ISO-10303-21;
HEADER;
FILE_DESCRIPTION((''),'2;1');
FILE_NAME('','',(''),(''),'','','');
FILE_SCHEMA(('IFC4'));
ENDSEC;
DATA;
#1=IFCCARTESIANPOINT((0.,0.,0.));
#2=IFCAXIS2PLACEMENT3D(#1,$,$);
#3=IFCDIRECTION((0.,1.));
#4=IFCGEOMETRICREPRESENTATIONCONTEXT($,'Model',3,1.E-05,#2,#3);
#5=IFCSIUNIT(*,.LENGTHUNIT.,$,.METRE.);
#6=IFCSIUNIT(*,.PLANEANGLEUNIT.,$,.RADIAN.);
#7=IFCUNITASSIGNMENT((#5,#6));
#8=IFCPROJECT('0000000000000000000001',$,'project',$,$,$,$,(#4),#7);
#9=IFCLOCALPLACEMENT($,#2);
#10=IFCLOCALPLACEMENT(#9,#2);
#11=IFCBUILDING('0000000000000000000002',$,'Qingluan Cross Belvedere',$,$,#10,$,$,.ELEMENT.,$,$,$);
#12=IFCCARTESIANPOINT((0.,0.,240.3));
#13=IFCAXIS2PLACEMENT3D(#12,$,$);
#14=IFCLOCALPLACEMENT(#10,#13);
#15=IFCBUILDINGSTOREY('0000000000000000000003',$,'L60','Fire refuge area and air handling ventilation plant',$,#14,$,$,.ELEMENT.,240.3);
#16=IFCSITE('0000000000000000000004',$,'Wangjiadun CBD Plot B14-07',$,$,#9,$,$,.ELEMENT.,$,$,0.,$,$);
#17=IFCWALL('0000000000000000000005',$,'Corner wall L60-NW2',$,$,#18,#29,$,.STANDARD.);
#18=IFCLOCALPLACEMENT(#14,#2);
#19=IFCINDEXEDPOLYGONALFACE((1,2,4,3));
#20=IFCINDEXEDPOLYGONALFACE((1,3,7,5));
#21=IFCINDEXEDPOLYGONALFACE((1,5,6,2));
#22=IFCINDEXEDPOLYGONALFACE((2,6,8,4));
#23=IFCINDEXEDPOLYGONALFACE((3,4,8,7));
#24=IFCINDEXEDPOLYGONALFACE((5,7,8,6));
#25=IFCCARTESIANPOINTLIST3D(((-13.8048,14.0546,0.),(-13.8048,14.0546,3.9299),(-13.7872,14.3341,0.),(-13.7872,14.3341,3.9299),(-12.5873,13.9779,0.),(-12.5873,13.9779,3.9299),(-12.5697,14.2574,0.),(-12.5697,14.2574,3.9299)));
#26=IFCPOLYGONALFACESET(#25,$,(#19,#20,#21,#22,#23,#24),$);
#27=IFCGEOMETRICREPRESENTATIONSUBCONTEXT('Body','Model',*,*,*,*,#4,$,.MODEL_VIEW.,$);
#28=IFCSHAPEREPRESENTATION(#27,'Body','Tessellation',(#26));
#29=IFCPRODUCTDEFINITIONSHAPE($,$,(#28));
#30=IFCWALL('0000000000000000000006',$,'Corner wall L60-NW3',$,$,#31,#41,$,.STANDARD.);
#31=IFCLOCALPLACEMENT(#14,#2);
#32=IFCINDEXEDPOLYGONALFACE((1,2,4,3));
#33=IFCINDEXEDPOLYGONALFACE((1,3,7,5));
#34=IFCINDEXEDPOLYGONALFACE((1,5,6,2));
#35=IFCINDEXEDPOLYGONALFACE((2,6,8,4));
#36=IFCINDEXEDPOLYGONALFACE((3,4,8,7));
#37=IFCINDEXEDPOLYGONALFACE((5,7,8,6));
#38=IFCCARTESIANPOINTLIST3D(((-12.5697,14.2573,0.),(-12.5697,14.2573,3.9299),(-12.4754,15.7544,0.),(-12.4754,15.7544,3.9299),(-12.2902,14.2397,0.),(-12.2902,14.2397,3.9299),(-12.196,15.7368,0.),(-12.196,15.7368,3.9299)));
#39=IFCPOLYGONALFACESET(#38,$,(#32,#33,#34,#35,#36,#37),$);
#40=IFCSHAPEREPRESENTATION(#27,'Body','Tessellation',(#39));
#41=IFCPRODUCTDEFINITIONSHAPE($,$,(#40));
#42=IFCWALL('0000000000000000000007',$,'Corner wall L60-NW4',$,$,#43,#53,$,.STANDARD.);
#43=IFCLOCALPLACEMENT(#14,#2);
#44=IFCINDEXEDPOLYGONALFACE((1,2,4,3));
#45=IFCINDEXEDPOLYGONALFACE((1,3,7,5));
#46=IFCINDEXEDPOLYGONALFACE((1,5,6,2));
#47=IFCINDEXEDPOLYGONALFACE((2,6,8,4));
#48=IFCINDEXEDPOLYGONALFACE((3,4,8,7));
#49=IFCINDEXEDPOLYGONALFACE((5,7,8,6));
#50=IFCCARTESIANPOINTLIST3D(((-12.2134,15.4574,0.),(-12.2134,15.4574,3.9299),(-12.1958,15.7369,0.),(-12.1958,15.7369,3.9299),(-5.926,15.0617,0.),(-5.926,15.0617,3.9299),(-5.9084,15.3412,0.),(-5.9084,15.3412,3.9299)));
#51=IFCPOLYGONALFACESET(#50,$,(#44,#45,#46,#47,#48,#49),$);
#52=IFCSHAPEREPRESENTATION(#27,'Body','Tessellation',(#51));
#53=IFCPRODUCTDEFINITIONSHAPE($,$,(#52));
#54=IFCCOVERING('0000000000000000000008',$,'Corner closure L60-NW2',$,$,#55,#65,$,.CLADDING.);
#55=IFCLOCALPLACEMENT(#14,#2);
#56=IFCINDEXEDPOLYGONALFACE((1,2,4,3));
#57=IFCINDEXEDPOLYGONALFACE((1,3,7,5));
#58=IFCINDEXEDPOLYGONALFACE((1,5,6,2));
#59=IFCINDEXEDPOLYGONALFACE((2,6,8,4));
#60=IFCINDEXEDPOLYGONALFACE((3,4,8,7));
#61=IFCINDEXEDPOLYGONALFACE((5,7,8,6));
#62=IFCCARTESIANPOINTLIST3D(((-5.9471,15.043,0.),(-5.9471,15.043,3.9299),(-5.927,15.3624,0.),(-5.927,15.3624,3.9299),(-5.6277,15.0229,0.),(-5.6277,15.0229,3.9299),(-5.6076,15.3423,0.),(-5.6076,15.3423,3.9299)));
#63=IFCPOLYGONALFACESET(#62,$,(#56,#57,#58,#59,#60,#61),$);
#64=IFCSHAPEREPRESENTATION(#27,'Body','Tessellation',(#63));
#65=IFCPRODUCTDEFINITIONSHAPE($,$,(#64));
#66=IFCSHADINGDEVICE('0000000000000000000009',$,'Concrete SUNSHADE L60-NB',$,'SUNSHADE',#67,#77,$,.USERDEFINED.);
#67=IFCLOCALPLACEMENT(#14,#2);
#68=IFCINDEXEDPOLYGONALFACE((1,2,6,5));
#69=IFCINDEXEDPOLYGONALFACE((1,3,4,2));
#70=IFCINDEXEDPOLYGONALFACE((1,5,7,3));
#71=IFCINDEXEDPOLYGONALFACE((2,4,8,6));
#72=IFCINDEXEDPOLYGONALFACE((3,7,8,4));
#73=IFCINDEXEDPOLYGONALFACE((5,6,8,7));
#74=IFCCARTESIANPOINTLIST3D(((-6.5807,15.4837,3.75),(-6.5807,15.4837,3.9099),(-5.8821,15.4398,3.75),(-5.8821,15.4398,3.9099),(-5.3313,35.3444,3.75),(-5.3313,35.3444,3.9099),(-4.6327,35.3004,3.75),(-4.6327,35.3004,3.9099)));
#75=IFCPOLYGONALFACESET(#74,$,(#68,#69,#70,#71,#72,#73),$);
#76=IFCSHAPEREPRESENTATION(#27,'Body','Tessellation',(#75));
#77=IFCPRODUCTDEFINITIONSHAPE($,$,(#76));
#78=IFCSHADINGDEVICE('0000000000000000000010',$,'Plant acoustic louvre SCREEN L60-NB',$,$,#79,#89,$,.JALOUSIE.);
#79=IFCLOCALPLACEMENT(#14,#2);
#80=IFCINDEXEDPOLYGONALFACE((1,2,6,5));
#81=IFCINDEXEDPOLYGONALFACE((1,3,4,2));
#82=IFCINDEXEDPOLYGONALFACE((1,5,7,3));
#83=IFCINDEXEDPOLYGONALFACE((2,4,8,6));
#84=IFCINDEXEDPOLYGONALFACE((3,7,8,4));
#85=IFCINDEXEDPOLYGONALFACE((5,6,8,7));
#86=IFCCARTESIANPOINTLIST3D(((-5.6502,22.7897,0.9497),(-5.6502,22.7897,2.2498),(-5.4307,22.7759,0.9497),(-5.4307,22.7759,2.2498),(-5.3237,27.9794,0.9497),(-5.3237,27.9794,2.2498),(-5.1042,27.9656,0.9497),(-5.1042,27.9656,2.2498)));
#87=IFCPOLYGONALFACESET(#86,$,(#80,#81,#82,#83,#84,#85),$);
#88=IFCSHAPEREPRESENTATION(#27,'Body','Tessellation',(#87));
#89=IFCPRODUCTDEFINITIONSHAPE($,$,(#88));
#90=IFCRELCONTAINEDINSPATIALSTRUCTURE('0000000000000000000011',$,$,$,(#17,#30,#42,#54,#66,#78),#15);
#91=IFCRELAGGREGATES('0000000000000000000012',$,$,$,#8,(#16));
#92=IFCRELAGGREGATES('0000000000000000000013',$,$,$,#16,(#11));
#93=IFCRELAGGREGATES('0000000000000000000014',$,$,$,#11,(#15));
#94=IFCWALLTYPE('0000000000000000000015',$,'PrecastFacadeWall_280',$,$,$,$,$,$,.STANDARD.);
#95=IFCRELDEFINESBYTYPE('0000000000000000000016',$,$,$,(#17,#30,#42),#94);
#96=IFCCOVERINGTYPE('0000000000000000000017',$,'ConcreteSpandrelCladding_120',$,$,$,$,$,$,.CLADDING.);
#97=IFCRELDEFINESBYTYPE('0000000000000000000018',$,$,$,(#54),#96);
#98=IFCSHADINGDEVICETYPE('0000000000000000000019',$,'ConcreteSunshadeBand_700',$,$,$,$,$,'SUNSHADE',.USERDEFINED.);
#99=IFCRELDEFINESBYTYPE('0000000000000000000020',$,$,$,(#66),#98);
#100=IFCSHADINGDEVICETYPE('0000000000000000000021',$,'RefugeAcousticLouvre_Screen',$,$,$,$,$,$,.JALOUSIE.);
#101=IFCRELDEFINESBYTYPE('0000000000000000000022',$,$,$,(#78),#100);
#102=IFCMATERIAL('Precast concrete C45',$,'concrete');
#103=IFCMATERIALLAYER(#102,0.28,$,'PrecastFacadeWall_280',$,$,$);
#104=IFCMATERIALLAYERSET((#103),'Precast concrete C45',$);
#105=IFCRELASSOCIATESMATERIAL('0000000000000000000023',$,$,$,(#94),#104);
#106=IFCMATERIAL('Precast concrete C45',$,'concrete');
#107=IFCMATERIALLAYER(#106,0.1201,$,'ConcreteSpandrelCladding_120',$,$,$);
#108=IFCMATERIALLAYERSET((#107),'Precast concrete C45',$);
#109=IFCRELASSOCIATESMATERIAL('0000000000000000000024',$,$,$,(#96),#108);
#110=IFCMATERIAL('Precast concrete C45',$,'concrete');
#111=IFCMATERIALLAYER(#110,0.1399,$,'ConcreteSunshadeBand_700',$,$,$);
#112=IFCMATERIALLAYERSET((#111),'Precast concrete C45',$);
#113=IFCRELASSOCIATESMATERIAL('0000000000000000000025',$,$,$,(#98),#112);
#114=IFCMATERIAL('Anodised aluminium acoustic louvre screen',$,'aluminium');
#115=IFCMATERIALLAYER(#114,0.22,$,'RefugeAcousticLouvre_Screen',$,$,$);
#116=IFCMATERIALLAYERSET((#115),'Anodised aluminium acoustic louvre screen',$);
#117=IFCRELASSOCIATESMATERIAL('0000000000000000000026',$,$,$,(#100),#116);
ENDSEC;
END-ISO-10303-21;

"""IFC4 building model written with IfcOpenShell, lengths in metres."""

from ifc_helpers import new_model, si_unit, direction, frame, frame_2d, origin, origin_2d, place, context, subcontext, project, spatial, rectangle, extrude, material, layer, layer_set, type_object, element, save


model = new_model("IFC4")

# Units and contexts
model_context = context("Model", 3, precision=1e-05, world=origin(), true_north=direction((0.0, 1.0)))
body_context = subcontext(model_context, "Body", "Model", "MODEL_VIEW")
ifc_project = project(units=[si_unit("LENGTHUNIT", "METRE"), si_unit("PLANEANGLEUNIT", "RADIAN")], contexts=[model_context])

# Site, building, storey
site_placement = place(None, origin())
site = spatial("IfcSite", under=ifc_project, at=site_placement, Name="Wangjiadun CBD Plot B14-07", CompositionType="ELEMENT", RefElevation=0.0)
building_placement = place(site_placement, origin())
building = spatial("IfcBuilding", under=site, at=building_placement, Name="Qingluan Cross Belvedere", CompositionType="ELEMENT")
storey_placement = place(building_placement, frame((0.0, 0.0, 240.3)))
storey = spatial("IfcBuildingStorey", under=building, at=storey_placement, Name="L60", Description="Fire refuge area and air handling ventilation plant", CompositionType="ELEMENT", Elevation=240.3)

# Shared definitions
ifc_material_1 = material(Name="Precast concrete C45", Category="concrete")
ifc_layer_1 = layer(ifc_material_1, 0.28, Name="PrecastFacadeWall_280")
ifc_layer_set_1 = layer_set([ifc_layer_1], Name="Precast concrete C45")
wall_type_1 = type_object("IfcWallType", Name="PrecastFacadeWall_280", PredefinedType="STANDARD", material=ifc_layer_set_1)

# Walls
wall_1_placement = place(storey_placement, frame((-13.7959, 14.1943, 0.0), z_axis=(0.0, 0.0, 1.0), x_axis=(0.998024, -0.062839, 0.0)))
element("IfcWall", 1, at=wall_1_placement, inside=storey, type_object=wall_type_1, Name="Corner wall L60-NW2", PredefinedType="STANDARD", context=body_context, shape_type="SweptSolid", body=[
    extrude(rectangle(XDim=1.22, YDim=0.28, at=frame_2d((0.6099, 0.0))), origin(), (0.0, 0.0, 1.0), 3.9299),
])
wall_2_placement = place(storey_placement, frame((-12.4299, 14.2485, 0.0), z_axis=(0.0, 0.0, 1.0), x_axis=(0.062824, 0.998025, 0.0)))
element("IfcWall", 2, at=wall_2_placement, inside=storey, type_object=wall_type_1, Name="Corner wall L60-NW3", PredefinedType="STANDARD", context=body_context, shape_type="SweptSolid", body=[
    extrude(rectangle(XDim=1.5, YDim=0.28, at=frame_2d((0.75, 0.0))), origin(), (0.0, 0.0, 1.0), 3.9299),
])
wall_3_placement = place(storey_placement, frame((-12.2046, 15.5972, 0.0), z_axis=(0.0, 0.0, 1.0), x_axis=(0.998025, -0.06282, 0.0)))
element("IfcWall", 3, at=wall_3_placement, inside=storey, type_object=wall_type_1, Name="Corner wall L60-NW4", PredefinedType="STANDARD", context=body_context, shape_type="SweptSolid", body=[
    extrude(rectangle(XDim=6.2998, YDim=0.28, at=frame_2d((3.1499, 0.0))), origin(), (0.0, 0.0, 1.0), 3.9299),
])

# Covering
ifc_material_2 = material(Name="Precast concrete C45", Category="concrete")
ifc_layer_2 = layer(ifc_material_2, 0.1201, Name="ConcreteSpandrelCladding_120")
ifc_layer_set_2 = layer_set([ifc_layer_2], Name="Precast concrete C45")
covering_type = type_object("IfcCoveringType", Name="ConcreteSpandrelCladding_120", PredefinedType="CLADDING", material=ifc_layer_set_2)
covering_placement = place(storey_placement, frame((-5.7773, 15.1926, 0.0), z_axis=(0.0, 0.0, 1.0), x_axis=(0.998027, -0.062791, 0.0)))
element("IfcCovering", 4, at=covering_placement, inside=storey, type_object=covering_type, Name="Corner closure L60-NW2", PredefinedType="CLADDING", context=body_context, shape_type="SweptSolid", body=[
    extrude(rectangle(XDim=0.3201, YDim=0.3201, at=origin_2d()), origin(), (0.0, 0.0, 1.0), 3.9299),
])

# Shading devices
ifc_material_3 = material(Name="Precast concrete C45", Category="concrete")
ifc_layer_3 = layer(ifc_material_3, 0.1399, Name="ConcreteSunshadeBand_700")
ifc_layer_set_3 = layer_set([ifc_layer_3], Name="Precast concrete C45")
shading_device_type_1 = type_object("IfcShadingDeviceType", Name="ConcreteSunshadeBand_700", ElementType="SUNSHADE", PredefinedType="USERDEFINED", material=ifc_layer_set_3)
shading_device_1_placement = place(storey_placement, frame((-5.6067, 25.3921, 3.75), z_axis=(0.0, 0.0, 1.0), x_axis=(-0.062786, -0.998027, 0.0)))
element("IfcShadingDevice", 5, at=shading_device_1_placement, inside=storey, type_object=shading_device_type_1, Name="Concrete SUNSHADE L60-NB", ObjectType="SUNSHADE", PredefinedType="USERDEFINED", context=body_context, shape_type="SweptSolid", body=[
    extrude(rectangle(XDim=19.8999, YDim=0.7, at=origin_2d()), origin(), (0.0, 0.0, 1.0), 0.1599),
])
ifc_material_4 = material(Name="Anodised aluminium acoustic louvre screen", Category="aluminium")
ifc_layer_4 = layer(ifc_material_4, 0.22, Name="RefugeAcousticLouvre_Screen")
ifc_layer_set_4 = layer_set([ifc_layer_4], Name="Anodised aluminium acoustic louvre screen")
shading_device_type_2 = type_object("IfcShadingDeviceType", Name="RefugeAcousticLouvre_Screen", PredefinedType="JALOUSIE", material=ifc_layer_set_4)
shading_device_2_placement = place(storey_placement, frame((-5.3772, 25.3777, 0.9497), z_axis=(0.0, 0.0, 1.0), x_axis=(-0.062786, -0.998027, 0.0)))
element("IfcShadingDevice", 6, at=shading_device_2_placement, inside=storey, type_object=shading_device_type_2, Name="Plant acoustic louvre SCREEN L60-NB", PredefinedType="JALOUSIE", context=body_context, shape_type="SweptSolid", body=[
    extrude(rectangle(XDim=5.2, YDim=0.22, at=origin_2d()), origin(), (0.0, 0.0, 1.0), 1.3),
])

save(model, "model.ifc")
